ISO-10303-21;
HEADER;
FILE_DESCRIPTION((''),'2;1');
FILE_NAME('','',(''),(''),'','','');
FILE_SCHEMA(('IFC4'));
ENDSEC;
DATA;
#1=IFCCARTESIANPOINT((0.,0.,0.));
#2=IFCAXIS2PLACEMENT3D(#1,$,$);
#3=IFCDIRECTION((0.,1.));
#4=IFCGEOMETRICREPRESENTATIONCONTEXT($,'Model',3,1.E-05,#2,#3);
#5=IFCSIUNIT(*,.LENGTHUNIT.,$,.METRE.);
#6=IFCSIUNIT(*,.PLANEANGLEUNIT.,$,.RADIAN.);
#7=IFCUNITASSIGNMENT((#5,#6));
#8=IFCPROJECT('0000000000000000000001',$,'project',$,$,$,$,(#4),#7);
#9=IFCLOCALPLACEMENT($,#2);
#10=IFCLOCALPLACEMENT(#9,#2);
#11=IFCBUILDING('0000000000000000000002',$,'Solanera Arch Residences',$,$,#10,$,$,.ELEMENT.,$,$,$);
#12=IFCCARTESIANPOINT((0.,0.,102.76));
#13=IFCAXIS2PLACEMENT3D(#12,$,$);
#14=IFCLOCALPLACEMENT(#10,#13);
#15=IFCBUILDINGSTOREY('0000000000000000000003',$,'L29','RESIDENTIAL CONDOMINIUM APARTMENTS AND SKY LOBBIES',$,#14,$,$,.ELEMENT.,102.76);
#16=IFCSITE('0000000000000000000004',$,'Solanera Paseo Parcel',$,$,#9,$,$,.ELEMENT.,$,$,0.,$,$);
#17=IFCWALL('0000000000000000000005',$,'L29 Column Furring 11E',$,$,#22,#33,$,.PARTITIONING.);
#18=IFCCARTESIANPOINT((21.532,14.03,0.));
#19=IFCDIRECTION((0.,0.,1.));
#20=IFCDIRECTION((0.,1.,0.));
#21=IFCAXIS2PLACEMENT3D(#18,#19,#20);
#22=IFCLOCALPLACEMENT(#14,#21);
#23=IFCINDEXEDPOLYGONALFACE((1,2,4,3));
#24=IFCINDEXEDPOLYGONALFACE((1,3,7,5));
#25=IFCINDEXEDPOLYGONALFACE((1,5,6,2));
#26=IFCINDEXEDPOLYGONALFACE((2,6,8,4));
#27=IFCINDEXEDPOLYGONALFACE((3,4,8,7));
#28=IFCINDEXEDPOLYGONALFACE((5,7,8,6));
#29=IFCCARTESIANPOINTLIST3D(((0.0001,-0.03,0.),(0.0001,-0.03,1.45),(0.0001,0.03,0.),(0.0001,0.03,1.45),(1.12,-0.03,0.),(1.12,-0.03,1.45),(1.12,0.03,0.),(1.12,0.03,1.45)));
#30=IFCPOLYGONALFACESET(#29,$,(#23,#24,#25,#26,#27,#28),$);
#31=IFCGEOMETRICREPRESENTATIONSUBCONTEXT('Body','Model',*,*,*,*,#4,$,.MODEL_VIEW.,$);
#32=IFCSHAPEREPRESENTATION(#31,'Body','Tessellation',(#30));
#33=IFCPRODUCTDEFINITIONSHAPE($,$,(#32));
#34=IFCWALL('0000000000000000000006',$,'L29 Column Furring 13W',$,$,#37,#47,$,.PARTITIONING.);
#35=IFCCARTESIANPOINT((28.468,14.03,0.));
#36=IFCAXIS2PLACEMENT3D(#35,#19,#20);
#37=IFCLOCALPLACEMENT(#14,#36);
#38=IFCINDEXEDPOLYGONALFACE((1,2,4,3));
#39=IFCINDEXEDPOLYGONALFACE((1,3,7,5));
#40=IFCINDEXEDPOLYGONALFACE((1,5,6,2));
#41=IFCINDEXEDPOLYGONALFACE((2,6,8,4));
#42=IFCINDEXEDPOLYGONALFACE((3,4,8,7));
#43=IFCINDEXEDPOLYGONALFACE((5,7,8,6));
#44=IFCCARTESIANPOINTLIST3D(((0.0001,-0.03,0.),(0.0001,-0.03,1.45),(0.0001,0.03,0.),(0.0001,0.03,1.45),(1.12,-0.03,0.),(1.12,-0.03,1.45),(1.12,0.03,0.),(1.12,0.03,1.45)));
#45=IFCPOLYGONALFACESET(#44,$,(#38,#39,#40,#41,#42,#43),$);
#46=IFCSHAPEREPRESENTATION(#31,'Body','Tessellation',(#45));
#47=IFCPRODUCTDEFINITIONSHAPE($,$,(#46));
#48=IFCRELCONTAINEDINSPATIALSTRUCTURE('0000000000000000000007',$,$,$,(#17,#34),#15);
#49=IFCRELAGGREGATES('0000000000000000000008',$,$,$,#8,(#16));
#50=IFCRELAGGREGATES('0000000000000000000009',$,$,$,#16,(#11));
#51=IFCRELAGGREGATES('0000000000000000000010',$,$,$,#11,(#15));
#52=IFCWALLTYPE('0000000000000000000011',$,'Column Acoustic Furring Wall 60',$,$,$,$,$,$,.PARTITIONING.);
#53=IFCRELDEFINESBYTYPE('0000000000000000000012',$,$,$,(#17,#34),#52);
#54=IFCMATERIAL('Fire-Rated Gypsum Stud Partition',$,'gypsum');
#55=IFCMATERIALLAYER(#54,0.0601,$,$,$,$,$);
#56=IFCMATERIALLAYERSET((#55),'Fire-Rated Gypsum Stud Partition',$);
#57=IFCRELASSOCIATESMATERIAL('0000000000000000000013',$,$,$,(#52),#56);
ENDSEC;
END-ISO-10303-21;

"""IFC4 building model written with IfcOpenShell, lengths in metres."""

from ifc_helpers import new_model, si_unit, direction, frame, frame_2d, origin, place, context, subcontext, project, spatial, rectangle, extrude, material, layer, layer_set, type_object, element, save


model = new_model("IFC4")

# Units and contexts
model_context = context("Model", 3, precision=1e-05, world=origin(), true_north=direction((0.0, 1.0)))
body_context = subcontext(model_context, "Body", "Model", "MODEL_VIEW")
ifc_project = project(units=[si_unit("LENGTHUNIT", "METRE"), si_unit("PLANEANGLEUNIT", "RADIAN")], contexts=[model_context])

# Site, building, storey
site_placement = place(None, origin())
site = spatial("IfcSite", under=ifc_project, at=site_placement, Name="Solanera Paseo Parcel", CompositionType="ELEMENT", RefElevation=0.0)
building_placement = place(site_placement, origin())
building = spatial("IfcBuilding", under=site, at=building_placement, Name="Solanera Arch Residences", CompositionType="ELEMENT")
storey_placement = place(building_placement, frame((0.0, 0.0, 102.76)))
storey = spatial("IfcBuildingStorey", under=building, at=storey_placement, Name="L29", Description="RESIDENTIAL CONDOMINIUM APARTMENTS AND SKY LOBBIES", CompositionType="ELEMENT", Elevation=102.76)

# Walls
ifc_material_1 = material(Name="Fire-Rated Gypsum Stud Partition", Category="gypsum")
ifc_layer_1 = layer(ifc_material_1, 0.0601)
ifc_layer_set_1 = layer_set([ifc_layer_1], Name="Fire-Rated Gypsum Stud Partition")
wall_type_1 = type_object("IfcWallType", Name="Column Acoustic Furring Wall 60", PredefinedType="PARTITIONING", material=ifc_layer_set_1)
wall_1_placement = place(storey_placement, frame((21.532, 14.03, 0.0), z_axis=(0.0, 0.0, 1.0), x_axis=(0.0, 1.0, 0.0)))
element("IfcWall", 1, at=wall_1_placement, inside=storey, type_object=wall_type_1, Name="L29 Column Furring 11E", PredefinedType="PARTITIONING", context=body_context, shape_type="SweptSolid", body=[
    extrude(rectangle(XDim=1.1199, YDim=0.0601, at=frame_2d((0.5601, 0.0))), origin(), (0.0, 0.0, 1.0), 1.45),
])
wall_2_placement = place(storey_placement, frame((28.468, 14.03, 0.0), z_axis=(0.0, 0.0, 1.0), x_axis=(0.0, 1.0, 0.0)))
element("IfcWall", 2, at=wall_2_placement, inside=storey, type_object=wall_type_1, Name="L29 Column Furring 13W", PredefinedType="PARTITIONING", context=body_context, shape_type="SweptSolid", body=[
    extrude(rectangle(XDim=1.1199, YDim=0.0601, at=frame_2d((0.5601, 0.0))), origin(), (0.0, 0.0, 1.0), 1.45),
])

save(model, "model.ifc")
